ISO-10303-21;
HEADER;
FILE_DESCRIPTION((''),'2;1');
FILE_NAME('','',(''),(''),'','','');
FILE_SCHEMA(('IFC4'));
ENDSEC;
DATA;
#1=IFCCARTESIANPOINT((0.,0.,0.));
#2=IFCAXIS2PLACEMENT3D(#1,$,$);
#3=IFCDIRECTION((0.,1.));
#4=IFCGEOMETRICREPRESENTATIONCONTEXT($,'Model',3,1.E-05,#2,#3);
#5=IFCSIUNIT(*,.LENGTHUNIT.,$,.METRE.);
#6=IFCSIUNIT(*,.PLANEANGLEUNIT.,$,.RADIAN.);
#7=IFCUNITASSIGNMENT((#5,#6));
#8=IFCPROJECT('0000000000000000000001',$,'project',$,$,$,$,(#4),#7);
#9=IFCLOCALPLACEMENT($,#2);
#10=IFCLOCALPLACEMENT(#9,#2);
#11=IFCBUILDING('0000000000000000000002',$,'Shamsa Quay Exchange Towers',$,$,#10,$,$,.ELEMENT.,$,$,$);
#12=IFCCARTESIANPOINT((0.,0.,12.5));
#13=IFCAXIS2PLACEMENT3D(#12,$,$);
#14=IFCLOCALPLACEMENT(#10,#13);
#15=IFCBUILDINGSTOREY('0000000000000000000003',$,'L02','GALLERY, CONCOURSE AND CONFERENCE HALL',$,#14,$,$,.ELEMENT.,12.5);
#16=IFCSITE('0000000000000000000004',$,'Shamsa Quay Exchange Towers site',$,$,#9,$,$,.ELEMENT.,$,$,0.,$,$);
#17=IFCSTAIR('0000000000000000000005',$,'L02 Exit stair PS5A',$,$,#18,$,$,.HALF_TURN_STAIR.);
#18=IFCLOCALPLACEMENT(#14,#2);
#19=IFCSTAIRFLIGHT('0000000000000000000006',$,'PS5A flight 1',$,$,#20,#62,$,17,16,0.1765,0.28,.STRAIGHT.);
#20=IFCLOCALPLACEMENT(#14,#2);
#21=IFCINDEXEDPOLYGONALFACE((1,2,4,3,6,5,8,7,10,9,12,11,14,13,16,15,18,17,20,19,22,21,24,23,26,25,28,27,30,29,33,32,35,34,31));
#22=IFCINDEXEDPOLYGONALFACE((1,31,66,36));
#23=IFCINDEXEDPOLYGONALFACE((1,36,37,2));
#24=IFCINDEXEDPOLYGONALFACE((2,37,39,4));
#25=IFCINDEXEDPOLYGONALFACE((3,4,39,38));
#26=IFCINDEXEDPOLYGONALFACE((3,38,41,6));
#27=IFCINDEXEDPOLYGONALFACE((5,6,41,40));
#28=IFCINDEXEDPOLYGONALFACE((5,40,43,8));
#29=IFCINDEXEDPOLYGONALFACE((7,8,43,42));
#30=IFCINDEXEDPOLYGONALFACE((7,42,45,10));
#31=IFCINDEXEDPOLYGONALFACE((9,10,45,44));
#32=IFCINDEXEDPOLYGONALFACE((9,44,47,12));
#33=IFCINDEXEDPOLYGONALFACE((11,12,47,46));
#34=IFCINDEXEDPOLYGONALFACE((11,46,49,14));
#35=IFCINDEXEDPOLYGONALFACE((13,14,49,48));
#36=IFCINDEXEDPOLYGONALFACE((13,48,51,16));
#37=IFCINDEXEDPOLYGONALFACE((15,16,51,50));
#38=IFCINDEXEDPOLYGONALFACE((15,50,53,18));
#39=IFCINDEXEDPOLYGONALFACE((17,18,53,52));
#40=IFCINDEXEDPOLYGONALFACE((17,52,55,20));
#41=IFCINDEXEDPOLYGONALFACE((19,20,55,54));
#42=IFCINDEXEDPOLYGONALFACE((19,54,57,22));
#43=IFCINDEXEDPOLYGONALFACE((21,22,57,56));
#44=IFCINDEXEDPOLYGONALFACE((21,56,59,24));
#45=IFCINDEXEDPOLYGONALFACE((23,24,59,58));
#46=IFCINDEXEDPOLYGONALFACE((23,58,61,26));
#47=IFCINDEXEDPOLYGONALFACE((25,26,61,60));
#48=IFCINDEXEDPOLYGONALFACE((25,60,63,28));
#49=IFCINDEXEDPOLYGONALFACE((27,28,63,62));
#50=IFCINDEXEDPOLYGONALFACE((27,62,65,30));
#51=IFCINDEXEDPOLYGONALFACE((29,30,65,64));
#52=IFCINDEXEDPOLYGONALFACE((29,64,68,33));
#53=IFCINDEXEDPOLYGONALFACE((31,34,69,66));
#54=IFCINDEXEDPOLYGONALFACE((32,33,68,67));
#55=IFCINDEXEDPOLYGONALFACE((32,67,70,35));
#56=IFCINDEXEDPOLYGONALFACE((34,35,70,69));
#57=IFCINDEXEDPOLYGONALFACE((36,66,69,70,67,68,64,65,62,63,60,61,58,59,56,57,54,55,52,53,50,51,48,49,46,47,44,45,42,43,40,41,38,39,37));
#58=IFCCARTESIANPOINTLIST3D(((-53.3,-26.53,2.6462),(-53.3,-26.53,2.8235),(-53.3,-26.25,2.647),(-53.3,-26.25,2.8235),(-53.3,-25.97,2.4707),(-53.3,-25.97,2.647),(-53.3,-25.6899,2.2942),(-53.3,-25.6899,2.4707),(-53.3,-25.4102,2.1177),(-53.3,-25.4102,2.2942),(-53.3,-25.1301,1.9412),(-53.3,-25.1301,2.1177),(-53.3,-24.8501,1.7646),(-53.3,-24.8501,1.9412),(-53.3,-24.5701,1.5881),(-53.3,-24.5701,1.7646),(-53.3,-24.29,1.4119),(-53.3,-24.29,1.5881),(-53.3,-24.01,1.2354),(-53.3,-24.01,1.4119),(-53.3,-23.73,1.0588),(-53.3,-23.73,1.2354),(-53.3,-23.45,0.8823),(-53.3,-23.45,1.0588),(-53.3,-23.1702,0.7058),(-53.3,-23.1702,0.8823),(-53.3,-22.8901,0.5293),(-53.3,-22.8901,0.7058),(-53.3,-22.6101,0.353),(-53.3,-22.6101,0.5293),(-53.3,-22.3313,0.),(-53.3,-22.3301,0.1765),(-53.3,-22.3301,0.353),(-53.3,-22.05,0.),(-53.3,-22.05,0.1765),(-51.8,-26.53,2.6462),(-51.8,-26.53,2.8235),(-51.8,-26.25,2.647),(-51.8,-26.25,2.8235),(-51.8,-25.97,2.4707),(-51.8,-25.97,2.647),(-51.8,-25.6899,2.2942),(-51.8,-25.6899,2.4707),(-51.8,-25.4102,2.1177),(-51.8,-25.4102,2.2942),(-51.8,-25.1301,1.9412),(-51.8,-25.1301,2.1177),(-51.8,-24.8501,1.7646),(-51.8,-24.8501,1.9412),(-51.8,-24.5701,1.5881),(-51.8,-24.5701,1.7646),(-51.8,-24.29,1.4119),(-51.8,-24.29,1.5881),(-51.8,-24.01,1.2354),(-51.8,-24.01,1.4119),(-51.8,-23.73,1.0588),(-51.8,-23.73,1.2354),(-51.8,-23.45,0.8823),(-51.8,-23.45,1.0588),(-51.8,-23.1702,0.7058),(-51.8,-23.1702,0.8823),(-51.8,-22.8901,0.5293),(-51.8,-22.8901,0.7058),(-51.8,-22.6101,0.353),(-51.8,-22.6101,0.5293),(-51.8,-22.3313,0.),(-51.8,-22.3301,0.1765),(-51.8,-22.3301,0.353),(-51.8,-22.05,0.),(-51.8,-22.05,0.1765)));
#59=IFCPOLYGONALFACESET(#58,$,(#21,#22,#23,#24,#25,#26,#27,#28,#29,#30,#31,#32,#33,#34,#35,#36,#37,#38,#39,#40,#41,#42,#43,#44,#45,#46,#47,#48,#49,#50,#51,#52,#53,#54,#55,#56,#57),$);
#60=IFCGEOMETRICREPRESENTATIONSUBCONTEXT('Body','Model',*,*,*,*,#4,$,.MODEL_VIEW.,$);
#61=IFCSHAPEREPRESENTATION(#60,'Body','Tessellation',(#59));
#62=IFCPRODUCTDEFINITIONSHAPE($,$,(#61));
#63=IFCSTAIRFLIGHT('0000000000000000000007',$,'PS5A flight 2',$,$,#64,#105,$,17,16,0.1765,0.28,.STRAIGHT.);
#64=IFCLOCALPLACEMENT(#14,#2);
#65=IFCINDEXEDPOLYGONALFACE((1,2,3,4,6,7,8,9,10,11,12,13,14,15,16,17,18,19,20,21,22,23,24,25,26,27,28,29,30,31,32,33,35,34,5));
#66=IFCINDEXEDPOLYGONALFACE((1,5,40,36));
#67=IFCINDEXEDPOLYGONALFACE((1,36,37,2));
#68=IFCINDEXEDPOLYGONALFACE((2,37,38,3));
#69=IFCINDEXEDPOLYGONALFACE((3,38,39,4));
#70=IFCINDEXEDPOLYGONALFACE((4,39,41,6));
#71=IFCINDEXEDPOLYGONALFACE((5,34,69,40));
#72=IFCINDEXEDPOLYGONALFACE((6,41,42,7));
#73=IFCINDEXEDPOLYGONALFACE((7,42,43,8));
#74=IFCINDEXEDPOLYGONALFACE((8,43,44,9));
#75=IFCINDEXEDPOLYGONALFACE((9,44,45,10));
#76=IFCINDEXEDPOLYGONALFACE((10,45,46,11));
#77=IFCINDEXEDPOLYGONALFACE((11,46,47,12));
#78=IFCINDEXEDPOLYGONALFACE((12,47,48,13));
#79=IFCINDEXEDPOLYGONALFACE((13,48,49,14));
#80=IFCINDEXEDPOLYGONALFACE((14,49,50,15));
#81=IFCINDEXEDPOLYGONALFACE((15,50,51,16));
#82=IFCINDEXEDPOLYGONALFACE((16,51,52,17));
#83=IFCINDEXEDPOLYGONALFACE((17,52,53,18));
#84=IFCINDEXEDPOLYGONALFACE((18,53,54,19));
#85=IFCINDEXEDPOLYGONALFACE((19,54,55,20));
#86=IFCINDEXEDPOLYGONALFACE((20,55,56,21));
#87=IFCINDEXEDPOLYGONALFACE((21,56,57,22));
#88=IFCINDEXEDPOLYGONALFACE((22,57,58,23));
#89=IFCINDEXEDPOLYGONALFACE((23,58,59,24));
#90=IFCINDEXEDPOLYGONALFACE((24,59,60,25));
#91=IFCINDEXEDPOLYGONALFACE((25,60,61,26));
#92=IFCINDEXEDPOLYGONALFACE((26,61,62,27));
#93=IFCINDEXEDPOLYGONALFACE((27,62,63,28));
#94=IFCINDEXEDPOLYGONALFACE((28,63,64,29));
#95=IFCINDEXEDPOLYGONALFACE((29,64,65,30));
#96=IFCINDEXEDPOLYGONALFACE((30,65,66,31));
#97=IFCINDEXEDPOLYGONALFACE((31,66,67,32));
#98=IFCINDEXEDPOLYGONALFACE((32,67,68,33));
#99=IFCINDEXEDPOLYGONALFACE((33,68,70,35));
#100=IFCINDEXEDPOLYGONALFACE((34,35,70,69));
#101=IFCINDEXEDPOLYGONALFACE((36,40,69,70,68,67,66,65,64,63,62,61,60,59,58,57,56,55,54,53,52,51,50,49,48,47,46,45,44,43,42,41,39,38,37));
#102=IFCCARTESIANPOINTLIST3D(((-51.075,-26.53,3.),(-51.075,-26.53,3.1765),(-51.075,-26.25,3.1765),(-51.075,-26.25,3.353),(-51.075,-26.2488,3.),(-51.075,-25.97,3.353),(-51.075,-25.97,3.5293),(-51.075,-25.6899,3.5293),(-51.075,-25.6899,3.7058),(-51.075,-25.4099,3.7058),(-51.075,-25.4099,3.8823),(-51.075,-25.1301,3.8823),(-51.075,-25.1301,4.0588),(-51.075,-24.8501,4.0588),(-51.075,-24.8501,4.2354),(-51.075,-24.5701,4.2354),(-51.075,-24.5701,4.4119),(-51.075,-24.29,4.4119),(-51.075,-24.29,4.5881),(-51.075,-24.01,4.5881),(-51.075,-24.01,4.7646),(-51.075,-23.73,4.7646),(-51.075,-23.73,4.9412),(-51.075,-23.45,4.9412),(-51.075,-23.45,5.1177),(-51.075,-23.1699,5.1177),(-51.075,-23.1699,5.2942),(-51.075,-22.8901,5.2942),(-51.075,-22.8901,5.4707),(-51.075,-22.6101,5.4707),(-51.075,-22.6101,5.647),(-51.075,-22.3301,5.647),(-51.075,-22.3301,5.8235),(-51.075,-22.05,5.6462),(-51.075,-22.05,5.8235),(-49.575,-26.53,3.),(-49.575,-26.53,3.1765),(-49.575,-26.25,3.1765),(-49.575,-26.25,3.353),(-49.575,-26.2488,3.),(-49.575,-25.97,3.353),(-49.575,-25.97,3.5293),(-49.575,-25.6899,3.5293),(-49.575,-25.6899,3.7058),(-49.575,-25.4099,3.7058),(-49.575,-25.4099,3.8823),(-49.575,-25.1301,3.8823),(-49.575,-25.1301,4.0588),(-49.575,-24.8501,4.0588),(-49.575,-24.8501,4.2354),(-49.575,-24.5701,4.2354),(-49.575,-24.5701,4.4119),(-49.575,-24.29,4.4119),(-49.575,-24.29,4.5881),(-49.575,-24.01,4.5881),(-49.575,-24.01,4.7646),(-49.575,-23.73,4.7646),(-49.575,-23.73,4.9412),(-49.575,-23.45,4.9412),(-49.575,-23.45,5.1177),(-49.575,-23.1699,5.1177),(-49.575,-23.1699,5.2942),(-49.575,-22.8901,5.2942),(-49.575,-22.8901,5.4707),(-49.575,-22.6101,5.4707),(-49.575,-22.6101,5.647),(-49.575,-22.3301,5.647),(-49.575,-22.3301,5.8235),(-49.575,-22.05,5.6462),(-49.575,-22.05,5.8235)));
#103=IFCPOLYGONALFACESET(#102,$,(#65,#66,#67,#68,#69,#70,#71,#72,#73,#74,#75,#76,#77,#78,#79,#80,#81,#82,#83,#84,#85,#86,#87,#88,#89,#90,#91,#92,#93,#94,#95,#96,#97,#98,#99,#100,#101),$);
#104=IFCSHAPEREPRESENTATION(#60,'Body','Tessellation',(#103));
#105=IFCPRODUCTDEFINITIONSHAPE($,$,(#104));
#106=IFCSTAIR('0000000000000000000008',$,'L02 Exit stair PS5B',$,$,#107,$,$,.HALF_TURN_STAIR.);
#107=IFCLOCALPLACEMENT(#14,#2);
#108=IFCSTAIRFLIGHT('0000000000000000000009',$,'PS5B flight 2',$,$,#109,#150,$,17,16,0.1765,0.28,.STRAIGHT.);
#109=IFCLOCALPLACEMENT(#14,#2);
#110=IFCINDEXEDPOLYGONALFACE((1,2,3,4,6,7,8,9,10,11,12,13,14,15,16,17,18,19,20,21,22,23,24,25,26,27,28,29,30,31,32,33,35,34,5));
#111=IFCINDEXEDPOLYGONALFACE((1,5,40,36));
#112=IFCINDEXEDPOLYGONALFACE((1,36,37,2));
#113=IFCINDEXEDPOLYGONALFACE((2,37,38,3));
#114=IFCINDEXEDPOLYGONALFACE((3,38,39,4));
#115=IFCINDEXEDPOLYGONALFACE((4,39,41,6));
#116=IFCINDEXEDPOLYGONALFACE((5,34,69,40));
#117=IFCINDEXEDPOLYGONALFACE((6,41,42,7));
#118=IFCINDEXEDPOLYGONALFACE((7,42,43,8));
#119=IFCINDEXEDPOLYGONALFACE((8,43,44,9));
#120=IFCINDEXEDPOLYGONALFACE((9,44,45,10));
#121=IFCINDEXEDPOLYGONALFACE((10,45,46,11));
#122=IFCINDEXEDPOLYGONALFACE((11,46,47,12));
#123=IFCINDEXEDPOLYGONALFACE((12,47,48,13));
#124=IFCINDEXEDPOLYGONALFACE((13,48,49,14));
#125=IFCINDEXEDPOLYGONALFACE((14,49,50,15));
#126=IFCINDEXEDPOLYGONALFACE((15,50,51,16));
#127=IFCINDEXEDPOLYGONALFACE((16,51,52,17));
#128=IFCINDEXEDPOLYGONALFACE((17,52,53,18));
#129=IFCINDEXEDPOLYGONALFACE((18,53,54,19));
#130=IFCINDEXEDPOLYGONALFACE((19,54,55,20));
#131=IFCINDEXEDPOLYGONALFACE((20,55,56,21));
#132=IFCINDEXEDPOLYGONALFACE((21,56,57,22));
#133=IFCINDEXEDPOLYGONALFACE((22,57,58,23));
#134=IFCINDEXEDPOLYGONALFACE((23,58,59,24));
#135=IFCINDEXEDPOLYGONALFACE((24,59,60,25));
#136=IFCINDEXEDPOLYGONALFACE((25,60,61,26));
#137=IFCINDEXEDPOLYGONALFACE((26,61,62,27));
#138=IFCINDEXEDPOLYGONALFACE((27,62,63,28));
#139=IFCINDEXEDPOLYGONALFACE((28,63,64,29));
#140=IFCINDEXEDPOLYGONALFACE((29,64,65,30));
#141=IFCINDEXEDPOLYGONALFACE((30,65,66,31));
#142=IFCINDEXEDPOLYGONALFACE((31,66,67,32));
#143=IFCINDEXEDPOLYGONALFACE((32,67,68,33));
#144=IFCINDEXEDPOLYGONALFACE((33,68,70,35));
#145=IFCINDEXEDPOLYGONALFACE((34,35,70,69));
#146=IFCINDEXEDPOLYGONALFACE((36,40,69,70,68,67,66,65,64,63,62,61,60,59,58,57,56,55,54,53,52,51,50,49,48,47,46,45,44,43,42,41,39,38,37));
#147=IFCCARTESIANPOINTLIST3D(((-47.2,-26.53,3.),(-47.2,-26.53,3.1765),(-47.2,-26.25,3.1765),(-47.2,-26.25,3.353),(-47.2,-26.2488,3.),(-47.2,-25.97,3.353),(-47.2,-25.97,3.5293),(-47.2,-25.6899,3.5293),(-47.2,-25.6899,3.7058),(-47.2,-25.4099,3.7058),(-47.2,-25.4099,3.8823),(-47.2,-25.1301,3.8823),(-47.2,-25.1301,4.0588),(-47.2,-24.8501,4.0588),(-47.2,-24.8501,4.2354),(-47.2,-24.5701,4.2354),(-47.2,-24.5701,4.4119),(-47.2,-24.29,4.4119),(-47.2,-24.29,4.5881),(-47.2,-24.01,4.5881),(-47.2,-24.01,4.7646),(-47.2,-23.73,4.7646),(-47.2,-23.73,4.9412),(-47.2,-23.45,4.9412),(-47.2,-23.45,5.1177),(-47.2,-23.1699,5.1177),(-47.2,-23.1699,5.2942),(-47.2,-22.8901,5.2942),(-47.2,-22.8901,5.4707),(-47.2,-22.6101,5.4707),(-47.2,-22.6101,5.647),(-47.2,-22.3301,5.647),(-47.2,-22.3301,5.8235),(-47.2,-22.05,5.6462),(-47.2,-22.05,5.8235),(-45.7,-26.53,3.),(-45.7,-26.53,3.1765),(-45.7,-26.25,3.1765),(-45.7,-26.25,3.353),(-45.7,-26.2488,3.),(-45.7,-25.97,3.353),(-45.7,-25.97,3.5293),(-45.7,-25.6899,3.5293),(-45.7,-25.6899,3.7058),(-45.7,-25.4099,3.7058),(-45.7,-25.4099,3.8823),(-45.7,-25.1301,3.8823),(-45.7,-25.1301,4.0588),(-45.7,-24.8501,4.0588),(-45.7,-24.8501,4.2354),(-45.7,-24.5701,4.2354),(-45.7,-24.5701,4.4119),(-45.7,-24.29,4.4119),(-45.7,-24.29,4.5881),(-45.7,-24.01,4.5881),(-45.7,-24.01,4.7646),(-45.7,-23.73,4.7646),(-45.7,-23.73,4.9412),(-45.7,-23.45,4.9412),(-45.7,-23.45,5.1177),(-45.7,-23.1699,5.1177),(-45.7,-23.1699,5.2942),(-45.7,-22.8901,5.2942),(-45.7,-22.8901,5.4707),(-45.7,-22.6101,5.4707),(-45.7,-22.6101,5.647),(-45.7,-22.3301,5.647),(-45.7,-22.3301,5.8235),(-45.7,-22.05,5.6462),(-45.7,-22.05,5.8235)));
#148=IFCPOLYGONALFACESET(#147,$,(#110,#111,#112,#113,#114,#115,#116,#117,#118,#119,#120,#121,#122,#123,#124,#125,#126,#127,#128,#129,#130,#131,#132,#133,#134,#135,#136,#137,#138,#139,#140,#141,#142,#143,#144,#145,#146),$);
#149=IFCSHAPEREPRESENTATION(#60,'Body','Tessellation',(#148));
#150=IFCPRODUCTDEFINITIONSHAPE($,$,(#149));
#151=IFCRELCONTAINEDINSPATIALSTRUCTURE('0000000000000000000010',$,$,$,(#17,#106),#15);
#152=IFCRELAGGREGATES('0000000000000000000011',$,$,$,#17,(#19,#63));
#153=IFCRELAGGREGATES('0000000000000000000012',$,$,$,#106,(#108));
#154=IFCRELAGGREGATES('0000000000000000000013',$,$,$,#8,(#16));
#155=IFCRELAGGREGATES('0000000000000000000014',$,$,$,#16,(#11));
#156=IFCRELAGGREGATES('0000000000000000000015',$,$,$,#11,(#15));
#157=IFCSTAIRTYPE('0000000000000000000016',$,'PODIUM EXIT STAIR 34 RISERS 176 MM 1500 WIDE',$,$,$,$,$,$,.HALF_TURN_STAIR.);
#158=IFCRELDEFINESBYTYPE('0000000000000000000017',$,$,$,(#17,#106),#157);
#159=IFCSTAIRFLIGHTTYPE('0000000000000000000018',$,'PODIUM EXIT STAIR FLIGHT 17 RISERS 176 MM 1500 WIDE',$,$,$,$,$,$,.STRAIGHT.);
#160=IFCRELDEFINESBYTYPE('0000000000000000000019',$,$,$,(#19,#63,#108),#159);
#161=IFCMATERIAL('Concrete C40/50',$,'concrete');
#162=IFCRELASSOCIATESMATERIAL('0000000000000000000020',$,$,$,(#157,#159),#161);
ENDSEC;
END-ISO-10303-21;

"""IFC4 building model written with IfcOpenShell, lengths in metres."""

from ifc_helpers import new_model, si_unit, direction, frame, origin, place, context, subcontext, project, spatial, polyline, outline, extrude, material, type_object, element, aggregate, save


model = new_model("IFC4")

# Units and contexts
model_context = context("Model", 3, precision=1e-05, world=origin(), true_north=direction((0.0, 1.0)))
body_context = subcontext(model_context, "Body", "Model", "MODEL_VIEW")
ifc_project = project(units=[si_unit("LENGTHUNIT", "METRE"), si_unit("PLANEANGLEUNIT", "RADIAN")], contexts=[model_context])

# Site, building, storey
site_placement = place(None, origin())
site = spatial("IfcSite", under=ifc_project, at=site_placement, Name="Shamsa Quay Exchange Towers site", CompositionType="ELEMENT", RefElevation=0.0)
building_placement = place(site_placement, origin())
building = spatial("IfcBuilding", under=site, at=building_placement, Name="Shamsa Quay Exchange Towers", CompositionType="ELEMENT")
storey_placement = place(building_placement, frame((0.0, 0.0, 12.5)))
storey = spatial("IfcBuildingStorey", under=building, at=storey_placement, Name="L02", Description="GALLERY, CONCOURSE AND CONFERENCE HALL", CompositionType="ELEMENT", Elevation=12.5)

# Stair, stair flights
ifc_material_1 = material(Name="Concrete C40/50", Category="concrete")
stair_type = type_object("IfcStairType", Name="PODIUM EXIT STAIR 34 RISERS 176 MM 1500 WIDE", PredefinedType="HALF_TURN_STAIR", material=ifc_material_1)
stair_1_placement = place(storey_placement, origin())
stair_1 = element("IfcStair", 1, at=stair_1_placement, inside=storey, type_object=stair_type, Name="L02 Exit stair PS5A", PredefinedType="HALF_TURN_STAIR")
stair_flight_type = type_object("IfcStairFlightType", Name="PODIUM EXIT STAIR FLIGHT 17 RISERS 176 MM 1500 WIDE", PredefinedType="STRAIGHT", material=ifc_material_1)
stair_flight_1_placement = place(storey_placement, frame((-52.55, -22.05, 0.0), z_axis=(0.0, 0.0, 1.0), x_axis=(0.0, -1.0, 0.0)))
stair_flight_1 = element("IfcStairFlight", 2, at=stair_flight_1_placement, type_object=stair_flight_type, Name="PS5A flight 1", NumberOfRisers=17, NumberOfTreads=16, PredefinedType="STRAIGHT", RiserHeight=0.1765, TreadLength=0.28, context=body_context, shape_type="SweptSolid", body=[
    extrude(outline(polyline([(0.0, 0.0), (0.0, 0.1765), (0.28, 0.1765), (0.28, 0.353), (0.5601, 0.353), (0.5601, 0.5293), (0.8401, 0.5293), (0.8401, 0.7058), (1.1201, 0.7058), (1.1201, 0.8823), (1.3999, 0.8823), (1.3999, 1.0588), (1.6799, 1.0588), (1.6799, 1.2354), (1.96, 1.2354), (1.96, 1.4119), (2.24, 1.4119), (2.24, 1.5881), (2.52, 1.5881), (2.52, 1.7646), (2.8, 1.7646), (2.8, 1.9412), (3.0801, 1.9412), (3.0801, 2.1177), (3.3601, 2.1177), (3.3601, 2.2942), (3.6399, 2.2942), (3.6399, 2.4707), (3.9199, 2.4707), (3.9199, 2.647), (4.2, 2.647), (4.2, 2.8235), (4.48, 2.8235), (4.48, 3.0), (4.48, 2.6462), (0.2812, 0.0), (0.0, 0.0)])), frame((0.0, 0.75, 0.0), z_axis=(0.0, -1.0, 0.0), x_axis=(1.0, 0.0, 0.0)), (0.0, 0.0, 1.0), 1.5),
])
stair_flight_2_placement = place(storey_placement, frame((-50.325, -26.53, 3.0), z_axis=(0.0, 0.0, 1.0), x_axis=(0.0, 1.0, 0.0)))
stair_flight_2 = element("IfcStairFlight", 3, at=stair_flight_2_placement, type_object=stair_flight_type, Name="PS5A flight 2", NumberOfRisers=17, NumberOfTreads=16, PredefinedType="STRAIGHT", RiserHeight=0.1765, TreadLength=0.28, context=body_context, shape_type="SweptSolid", body=[
    extrude(outline(polyline([(0.0, 0.0), (0.0, 0.1765), (0.28, 0.1765), (0.28, 0.353), (0.5601, 0.353), (0.5601, 0.5293), (0.8401, 0.5293), (0.8401, 0.7058), (1.1201, 0.7058), (1.1201, 0.8823), (1.3999, 0.8823), (1.3999, 1.0588), (1.6799, 1.0588), (1.6799, 1.2354), (1.96, 1.2354), (1.96, 1.4119), (2.24, 1.4119), (2.24, 1.5881), (2.52, 1.5881), (2.52, 1.7646), (2.8, 1.7646), (2.8, 1.9412), (3.0801, 1.9412), (3.0801, 2.1177), (3.3601, 2.1177), (3.3601, 2.2942), (3.6399, 2.2942), (3.6399, 2.4707), (3.9199, 2.4707), (3.9199, 2.647), (4.2, 2.647), (4.2, 2.8235), (4.48, 2.8235), (4.48, 3.0), (4.48, 2.6462), (0.2812, 0.0), (0.0, 0.0)])), frame((0.0, 0.75, 0.0), z_axis=(0.0, -1.0, 0.0), x_axis=(1.0, 0.0, 0.0)), (0.0, 0.0, 1.0), 1.5),
])
aggregate(stair_1, [stair_flight_1, stair_flight_2])

# Stair, stair flight
stair_2_placement = place(storey_placement, origin())
stair_2 = element("IfcStair", 4, at=stair_2_placement, inside=storey, type_object=stair_type, Name="L02 Exit stair PS5B", PredefinedType="HALF_TURN_STAIR")
stair_flight_3_placement = place(storey_placement, frame((-46.45, -26.53, 3.0), z_axis=(0.0, 0.0, 1.0), x_axis=(0.0, 1.0, 0.0)))
stair_flight_3 = element("IfcStairFlight", 5, at=stair_flight_3_placement, type_object=stair_flight_type, Name="PS5B flight 2", NumberOfRisers=17, NumberOfTreads=16, PredefinedType="STRAIGHT", RiserHeight=0.1765, TreadLength=0.28, context=body_context, shape_type="SweptSolid", body=[
    extrude(outline(polyline([(0.0, 0.0), (0.0, 0.1765), (0.28, 0.1765), (0.28, 0.353), (0.5601, 0.353), (0.5601, 0.5293), (0.8401, 0.5293), (0.8401, 0.7058), (1.1201, 0.7058), (1.1201, 0.8823), (1.3999, 0.8823), (1.3999, 1.0588), (1.6799, 1.0588), (1.6799, 1.2354), (1.96, 1.2354), (1.96, 1.4119), (2.24, 1.4119), (2.24, 1.5881), (2.52, 1.5881), (2.52, 1.7646), (2.8, 1.7646), (2.8, 1.9412), (3.0801, 1.9412), (3.0801, 2.1177), (3.3601, 2.1177), (3.3601, 2.2942), (3.6399, 2.2942), (3.6399, 2.4707), (3.9199, 2.4707), (3.9199, 2.647), (4.2, 2.647), (4.2, 2.8235), (4.48, 2.8235), (4.48, 3.0), (4.48, 2.6462), (0.2812, 0.0), (0.0, 0.0)])), frame((0.0, 0.75, 0.0), z_axis=(0.0, -1.0, 0.0), x_axis=(1.0, 0.0, 0.0)), (0.0, 0.0, 1.0), 1.5),
])
aggregate(stair_2, [stair_flight_3])

save(model, "model.ifc")
